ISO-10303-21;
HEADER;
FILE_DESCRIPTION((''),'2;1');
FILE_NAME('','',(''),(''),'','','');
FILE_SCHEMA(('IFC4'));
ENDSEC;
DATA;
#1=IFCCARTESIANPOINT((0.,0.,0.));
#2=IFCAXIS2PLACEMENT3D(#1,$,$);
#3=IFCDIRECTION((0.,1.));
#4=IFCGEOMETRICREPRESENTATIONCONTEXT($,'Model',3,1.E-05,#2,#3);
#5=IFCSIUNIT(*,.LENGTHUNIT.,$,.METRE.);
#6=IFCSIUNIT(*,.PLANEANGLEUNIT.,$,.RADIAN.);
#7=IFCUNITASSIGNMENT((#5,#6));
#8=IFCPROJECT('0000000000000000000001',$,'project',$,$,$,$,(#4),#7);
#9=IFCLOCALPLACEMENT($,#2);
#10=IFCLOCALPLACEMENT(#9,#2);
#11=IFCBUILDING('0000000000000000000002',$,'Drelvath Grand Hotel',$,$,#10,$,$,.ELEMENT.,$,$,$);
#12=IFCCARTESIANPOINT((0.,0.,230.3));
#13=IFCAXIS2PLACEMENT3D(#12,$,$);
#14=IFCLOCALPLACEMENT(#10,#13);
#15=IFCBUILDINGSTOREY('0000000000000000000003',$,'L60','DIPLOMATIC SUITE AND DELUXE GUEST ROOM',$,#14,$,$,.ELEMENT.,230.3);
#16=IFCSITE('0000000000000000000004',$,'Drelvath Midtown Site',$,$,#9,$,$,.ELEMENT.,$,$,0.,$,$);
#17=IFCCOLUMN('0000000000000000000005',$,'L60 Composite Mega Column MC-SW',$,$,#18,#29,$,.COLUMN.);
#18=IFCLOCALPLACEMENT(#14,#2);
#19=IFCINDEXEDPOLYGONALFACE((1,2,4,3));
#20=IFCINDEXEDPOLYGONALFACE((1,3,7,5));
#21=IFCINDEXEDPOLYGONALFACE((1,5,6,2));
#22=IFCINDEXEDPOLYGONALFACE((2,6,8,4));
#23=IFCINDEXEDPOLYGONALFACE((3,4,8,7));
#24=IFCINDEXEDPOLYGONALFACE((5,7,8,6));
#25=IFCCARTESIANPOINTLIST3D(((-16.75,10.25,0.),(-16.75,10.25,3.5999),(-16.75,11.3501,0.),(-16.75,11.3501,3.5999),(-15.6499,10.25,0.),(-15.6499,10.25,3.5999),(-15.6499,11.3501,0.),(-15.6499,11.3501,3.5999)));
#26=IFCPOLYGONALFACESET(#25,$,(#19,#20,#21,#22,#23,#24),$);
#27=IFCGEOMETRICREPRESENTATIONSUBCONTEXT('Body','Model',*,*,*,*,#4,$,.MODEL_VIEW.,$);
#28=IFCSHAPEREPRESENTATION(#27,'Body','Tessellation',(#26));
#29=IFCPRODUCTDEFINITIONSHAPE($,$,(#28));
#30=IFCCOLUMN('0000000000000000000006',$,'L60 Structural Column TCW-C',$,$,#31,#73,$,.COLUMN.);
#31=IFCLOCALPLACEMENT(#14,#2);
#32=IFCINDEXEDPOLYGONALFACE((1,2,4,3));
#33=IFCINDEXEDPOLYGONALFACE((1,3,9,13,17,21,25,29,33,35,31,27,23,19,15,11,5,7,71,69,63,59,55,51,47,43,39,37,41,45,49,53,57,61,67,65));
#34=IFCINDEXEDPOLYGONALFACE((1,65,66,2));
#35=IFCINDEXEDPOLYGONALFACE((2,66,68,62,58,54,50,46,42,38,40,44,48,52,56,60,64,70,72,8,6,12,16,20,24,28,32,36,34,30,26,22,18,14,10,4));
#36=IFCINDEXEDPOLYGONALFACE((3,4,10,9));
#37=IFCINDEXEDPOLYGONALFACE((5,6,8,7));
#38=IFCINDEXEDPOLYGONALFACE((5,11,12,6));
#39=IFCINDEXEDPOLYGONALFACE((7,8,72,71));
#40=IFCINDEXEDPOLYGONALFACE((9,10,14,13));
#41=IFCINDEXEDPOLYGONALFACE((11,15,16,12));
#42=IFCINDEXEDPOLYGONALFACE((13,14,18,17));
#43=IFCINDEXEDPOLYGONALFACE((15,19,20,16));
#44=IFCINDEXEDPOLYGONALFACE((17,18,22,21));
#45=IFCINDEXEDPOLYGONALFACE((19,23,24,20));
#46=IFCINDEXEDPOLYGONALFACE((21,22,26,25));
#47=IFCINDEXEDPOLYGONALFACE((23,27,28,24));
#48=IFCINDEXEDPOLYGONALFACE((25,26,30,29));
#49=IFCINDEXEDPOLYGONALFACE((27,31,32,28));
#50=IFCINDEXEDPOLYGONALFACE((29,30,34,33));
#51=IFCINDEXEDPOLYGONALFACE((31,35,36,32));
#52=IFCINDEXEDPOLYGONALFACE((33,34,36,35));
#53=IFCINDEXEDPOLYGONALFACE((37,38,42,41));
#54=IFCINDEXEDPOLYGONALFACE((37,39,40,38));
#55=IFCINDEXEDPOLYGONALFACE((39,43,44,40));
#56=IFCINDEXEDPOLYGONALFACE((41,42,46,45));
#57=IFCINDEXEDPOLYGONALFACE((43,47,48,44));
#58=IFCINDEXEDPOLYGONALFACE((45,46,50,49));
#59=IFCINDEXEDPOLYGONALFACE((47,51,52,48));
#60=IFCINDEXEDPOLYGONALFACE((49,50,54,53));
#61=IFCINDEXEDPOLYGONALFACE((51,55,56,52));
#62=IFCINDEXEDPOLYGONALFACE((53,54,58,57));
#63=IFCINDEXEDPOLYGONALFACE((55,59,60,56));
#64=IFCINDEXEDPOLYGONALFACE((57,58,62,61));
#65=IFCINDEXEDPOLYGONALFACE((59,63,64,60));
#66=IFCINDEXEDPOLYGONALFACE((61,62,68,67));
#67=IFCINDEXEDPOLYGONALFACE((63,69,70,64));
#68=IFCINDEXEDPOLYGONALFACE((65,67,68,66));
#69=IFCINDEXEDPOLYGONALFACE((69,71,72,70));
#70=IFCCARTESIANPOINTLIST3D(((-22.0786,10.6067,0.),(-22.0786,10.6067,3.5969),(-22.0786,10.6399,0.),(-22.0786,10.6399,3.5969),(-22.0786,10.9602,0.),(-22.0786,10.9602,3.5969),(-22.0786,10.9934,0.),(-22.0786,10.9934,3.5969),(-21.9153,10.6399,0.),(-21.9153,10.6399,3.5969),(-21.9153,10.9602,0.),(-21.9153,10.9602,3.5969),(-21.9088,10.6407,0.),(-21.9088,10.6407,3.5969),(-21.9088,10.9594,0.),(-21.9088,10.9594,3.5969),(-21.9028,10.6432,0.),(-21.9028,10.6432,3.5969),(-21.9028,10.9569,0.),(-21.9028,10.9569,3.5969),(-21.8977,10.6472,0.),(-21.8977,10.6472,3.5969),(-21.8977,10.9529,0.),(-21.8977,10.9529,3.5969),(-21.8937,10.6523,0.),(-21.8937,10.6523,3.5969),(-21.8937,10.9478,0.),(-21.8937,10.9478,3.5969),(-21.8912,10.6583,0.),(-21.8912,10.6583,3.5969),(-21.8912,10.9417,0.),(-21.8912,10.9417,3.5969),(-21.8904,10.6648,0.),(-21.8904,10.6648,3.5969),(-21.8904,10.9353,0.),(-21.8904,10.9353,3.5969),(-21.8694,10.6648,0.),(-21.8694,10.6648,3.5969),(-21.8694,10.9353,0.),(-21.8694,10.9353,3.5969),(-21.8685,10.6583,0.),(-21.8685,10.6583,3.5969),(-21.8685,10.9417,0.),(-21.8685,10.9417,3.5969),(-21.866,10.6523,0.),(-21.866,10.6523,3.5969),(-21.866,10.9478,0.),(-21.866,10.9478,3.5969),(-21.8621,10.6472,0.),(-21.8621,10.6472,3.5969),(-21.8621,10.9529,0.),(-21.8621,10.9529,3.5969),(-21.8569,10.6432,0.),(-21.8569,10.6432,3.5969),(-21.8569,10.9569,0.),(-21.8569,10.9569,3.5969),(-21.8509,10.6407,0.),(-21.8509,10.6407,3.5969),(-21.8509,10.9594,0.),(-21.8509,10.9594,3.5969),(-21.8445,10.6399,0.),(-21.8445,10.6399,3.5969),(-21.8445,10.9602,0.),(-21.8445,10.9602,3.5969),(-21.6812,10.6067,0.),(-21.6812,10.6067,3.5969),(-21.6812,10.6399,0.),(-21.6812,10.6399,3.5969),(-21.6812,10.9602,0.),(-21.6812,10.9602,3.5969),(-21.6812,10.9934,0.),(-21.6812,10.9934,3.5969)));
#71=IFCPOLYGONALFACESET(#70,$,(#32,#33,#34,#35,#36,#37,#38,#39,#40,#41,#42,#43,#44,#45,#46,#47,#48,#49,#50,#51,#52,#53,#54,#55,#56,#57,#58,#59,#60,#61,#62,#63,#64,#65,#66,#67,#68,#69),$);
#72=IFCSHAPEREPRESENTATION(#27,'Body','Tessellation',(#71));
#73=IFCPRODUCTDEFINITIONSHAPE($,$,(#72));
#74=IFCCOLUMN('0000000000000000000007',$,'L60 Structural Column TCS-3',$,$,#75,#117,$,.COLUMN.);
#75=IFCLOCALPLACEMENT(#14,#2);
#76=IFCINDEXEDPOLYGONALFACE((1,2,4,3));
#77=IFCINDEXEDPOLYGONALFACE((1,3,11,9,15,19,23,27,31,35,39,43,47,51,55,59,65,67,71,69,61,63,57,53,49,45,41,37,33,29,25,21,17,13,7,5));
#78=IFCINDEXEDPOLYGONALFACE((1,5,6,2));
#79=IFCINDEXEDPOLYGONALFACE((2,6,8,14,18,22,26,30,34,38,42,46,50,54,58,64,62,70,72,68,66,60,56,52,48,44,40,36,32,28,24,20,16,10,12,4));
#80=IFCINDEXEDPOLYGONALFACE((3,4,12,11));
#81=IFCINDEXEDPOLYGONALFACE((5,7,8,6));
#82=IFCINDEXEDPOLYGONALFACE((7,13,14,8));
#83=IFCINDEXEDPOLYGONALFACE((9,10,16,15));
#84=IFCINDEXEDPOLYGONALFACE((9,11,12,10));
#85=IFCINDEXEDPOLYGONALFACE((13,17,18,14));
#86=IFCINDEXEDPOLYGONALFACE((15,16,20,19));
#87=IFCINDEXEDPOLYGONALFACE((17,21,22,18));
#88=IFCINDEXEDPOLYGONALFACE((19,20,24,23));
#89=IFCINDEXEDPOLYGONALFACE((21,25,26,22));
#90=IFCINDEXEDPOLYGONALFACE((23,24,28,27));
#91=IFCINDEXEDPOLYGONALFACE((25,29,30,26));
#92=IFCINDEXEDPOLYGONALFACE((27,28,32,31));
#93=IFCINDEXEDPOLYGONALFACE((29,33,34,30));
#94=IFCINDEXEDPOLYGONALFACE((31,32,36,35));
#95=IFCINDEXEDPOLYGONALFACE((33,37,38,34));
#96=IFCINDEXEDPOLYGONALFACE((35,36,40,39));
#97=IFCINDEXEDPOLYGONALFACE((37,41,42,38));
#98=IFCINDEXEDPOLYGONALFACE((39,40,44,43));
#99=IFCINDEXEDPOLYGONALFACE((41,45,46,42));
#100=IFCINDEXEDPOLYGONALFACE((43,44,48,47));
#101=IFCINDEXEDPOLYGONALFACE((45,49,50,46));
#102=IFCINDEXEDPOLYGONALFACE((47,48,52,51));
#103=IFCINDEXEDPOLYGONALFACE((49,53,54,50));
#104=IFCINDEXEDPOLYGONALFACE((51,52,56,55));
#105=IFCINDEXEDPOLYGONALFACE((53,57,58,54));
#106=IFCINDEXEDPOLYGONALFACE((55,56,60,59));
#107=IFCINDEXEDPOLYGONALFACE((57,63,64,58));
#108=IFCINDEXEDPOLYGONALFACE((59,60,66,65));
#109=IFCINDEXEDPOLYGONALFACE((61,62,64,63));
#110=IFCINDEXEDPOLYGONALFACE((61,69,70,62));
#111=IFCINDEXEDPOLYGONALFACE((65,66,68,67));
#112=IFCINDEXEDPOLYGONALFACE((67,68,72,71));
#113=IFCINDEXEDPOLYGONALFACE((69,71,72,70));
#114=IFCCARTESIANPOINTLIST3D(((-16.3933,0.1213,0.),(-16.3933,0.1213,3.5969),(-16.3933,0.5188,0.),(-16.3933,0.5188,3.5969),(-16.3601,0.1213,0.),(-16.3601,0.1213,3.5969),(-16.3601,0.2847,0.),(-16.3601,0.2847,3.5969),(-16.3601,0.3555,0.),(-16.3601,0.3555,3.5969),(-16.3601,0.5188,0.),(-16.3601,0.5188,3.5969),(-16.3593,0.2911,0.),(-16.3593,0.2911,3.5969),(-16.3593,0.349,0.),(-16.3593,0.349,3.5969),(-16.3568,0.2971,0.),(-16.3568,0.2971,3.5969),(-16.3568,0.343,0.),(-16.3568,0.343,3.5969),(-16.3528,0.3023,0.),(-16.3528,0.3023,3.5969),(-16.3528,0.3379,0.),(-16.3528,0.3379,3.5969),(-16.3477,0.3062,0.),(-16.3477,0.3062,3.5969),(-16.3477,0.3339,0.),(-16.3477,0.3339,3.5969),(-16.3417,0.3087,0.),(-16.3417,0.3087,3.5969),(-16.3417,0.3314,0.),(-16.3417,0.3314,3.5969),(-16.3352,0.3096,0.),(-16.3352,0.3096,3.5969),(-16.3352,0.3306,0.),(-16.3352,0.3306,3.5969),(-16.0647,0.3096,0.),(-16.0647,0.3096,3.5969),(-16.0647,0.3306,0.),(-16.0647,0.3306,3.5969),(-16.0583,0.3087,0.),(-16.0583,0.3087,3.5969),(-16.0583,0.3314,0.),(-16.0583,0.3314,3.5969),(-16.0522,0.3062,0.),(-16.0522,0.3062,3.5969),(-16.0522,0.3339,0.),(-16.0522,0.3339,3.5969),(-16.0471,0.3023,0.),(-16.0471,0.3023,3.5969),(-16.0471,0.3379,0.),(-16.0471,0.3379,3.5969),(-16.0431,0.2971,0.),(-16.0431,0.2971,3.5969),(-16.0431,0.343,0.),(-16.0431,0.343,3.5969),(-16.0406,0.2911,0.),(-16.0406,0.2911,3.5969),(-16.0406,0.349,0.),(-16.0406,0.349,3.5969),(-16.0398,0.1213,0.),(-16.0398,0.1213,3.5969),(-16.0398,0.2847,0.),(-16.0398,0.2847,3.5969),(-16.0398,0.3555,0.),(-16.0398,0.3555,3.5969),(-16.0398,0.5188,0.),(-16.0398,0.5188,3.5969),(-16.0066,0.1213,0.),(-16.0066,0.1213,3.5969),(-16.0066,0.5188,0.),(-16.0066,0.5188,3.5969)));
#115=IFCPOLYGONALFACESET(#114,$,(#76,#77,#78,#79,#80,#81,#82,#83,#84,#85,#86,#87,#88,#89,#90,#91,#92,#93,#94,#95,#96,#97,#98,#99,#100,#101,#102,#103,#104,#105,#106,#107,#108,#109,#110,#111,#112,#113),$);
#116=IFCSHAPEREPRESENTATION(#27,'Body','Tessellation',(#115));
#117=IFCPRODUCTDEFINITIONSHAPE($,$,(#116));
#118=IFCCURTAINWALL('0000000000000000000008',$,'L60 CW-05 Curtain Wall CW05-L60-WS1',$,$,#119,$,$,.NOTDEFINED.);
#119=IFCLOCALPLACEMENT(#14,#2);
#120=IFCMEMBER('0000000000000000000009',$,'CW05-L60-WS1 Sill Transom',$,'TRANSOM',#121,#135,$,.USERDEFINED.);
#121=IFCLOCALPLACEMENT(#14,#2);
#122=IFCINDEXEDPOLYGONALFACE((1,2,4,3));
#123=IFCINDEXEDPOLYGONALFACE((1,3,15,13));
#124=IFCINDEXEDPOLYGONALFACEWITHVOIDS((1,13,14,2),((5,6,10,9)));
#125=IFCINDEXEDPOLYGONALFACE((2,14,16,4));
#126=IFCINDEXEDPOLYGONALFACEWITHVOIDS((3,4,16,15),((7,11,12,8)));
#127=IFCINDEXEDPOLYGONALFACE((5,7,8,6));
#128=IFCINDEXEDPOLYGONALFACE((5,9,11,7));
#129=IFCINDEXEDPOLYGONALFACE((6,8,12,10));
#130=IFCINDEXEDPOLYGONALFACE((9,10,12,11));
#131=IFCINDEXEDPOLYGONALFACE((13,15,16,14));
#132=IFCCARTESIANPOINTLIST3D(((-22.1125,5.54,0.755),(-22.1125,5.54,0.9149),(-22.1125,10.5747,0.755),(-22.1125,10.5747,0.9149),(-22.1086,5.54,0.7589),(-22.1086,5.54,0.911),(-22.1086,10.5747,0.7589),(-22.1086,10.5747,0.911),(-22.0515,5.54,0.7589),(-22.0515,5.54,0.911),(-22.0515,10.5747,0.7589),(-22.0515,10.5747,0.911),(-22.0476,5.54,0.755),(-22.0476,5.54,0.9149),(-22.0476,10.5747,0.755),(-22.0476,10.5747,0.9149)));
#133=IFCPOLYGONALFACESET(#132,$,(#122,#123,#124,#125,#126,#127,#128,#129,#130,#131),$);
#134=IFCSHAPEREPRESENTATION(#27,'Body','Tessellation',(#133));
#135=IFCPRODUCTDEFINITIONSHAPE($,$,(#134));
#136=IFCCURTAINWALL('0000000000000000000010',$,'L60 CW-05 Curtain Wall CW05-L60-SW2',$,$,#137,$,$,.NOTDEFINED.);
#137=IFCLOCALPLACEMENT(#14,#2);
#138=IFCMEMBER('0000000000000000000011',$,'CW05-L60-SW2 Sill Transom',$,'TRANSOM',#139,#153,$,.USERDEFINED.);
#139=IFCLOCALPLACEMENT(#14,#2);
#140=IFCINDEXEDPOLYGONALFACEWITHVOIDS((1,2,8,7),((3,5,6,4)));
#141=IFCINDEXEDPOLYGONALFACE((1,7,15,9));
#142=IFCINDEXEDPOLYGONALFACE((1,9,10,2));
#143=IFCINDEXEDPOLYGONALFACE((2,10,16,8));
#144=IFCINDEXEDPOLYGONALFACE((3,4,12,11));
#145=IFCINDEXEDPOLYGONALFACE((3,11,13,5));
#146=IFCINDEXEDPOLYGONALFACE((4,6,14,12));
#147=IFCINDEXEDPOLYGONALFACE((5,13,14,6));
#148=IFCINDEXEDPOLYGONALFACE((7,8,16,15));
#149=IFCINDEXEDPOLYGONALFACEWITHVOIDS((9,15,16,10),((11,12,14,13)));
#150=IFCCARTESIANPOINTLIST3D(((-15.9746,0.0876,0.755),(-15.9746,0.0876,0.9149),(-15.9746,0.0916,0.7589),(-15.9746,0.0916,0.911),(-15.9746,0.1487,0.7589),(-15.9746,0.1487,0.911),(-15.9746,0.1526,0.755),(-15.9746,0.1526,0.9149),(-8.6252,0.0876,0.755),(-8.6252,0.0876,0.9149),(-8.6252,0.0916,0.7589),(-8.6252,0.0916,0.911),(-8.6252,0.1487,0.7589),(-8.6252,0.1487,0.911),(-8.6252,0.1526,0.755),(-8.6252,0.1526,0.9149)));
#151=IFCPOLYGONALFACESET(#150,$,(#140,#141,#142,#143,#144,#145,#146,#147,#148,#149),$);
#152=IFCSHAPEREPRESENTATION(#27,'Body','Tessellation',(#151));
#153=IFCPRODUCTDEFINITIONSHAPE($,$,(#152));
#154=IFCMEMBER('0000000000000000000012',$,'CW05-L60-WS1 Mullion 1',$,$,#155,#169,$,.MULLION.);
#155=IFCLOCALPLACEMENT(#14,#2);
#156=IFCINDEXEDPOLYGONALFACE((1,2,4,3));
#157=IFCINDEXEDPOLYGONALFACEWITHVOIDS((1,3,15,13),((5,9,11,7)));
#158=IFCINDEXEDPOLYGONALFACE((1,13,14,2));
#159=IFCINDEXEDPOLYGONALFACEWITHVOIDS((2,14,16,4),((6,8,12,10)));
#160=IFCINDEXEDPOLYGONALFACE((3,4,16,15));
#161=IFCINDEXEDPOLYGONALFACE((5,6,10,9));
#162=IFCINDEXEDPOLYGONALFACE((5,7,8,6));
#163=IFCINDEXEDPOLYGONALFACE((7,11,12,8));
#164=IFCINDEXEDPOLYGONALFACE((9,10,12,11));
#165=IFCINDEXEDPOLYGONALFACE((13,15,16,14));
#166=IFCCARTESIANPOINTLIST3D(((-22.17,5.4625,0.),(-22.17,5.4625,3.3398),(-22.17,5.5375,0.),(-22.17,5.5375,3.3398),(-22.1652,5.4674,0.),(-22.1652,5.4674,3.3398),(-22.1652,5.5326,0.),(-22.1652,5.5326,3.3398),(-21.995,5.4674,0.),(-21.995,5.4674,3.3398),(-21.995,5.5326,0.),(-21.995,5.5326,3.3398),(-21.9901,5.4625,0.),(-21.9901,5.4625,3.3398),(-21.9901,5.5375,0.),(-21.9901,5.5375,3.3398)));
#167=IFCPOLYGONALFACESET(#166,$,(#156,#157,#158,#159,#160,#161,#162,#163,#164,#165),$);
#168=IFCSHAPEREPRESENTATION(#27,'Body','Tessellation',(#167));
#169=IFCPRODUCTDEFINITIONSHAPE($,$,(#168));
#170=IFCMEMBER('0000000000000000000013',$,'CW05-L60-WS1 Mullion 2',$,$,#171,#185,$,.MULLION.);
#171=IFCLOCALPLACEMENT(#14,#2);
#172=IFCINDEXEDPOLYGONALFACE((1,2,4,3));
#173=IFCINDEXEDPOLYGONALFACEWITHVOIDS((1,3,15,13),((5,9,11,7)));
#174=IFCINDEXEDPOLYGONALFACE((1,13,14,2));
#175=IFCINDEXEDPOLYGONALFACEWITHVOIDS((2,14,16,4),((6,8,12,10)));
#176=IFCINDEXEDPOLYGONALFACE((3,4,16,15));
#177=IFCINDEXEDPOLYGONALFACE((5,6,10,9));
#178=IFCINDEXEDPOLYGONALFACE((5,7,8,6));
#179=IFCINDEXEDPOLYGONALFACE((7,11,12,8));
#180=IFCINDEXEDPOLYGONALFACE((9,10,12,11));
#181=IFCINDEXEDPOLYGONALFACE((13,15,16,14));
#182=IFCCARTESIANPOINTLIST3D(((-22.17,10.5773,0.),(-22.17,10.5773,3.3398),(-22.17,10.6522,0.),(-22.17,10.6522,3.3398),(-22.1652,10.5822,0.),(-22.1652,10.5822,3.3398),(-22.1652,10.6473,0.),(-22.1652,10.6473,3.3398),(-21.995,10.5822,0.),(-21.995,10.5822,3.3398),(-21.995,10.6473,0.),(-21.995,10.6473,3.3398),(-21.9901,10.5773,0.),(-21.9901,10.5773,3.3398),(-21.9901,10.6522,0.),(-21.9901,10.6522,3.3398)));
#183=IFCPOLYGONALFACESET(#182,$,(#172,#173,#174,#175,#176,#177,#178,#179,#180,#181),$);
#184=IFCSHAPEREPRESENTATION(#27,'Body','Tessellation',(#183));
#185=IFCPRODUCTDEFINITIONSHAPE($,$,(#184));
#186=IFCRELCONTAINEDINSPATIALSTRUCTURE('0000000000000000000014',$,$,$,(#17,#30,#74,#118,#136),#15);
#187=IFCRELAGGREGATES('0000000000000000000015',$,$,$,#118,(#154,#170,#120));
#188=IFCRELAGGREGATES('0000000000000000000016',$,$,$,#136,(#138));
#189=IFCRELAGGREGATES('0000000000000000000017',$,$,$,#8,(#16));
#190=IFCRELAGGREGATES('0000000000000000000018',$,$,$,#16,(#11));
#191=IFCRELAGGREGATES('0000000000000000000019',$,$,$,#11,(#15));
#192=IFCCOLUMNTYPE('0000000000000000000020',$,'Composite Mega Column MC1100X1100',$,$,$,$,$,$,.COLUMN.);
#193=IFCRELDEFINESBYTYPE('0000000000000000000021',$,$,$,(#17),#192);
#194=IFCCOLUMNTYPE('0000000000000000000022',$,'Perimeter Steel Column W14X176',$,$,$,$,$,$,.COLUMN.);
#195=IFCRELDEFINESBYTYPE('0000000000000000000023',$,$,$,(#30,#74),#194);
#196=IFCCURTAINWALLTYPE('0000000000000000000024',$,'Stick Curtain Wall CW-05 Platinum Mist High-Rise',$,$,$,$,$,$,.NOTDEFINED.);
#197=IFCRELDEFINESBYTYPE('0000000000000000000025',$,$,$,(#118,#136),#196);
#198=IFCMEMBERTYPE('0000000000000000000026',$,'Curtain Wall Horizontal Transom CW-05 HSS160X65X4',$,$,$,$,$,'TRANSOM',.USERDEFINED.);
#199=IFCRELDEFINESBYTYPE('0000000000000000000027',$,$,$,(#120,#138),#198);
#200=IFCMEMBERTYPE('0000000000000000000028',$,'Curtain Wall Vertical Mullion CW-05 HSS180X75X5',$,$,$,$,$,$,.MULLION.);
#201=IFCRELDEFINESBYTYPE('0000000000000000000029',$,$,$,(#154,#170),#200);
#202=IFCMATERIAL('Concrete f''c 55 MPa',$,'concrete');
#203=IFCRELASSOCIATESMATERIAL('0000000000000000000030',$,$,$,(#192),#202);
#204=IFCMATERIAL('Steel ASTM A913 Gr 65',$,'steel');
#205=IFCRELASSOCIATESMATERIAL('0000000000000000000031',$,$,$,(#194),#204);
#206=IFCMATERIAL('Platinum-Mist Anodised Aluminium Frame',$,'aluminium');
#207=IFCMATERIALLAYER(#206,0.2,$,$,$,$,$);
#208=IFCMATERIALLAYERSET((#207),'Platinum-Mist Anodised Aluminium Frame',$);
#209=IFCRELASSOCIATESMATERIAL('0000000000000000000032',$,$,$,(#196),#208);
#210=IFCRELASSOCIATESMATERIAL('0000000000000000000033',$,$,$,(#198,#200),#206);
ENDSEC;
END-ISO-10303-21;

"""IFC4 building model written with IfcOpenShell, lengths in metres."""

from ifc_helpers import new_model, si_unit, direction, frame, origin, origin_2d, place, context, subcontext, project, spatial, rectangle, hollow_rectangle, i_section, extrude, material, layer, layer_set, material_profile, profile_set, type_object, element, aggregate, save


model = new_model("IFC4")

# Units and contexts
model_context = context("Model", 3, precision=1e-05, world=origin(), true_north=direction((0.0, 1.0)))
body_context = subcontext(model_context, "Body", "Model", "MODEL_VIEW")
ifc_project = project(units=[si_unit("LENGTHUNIT", "METRE"), si_unit("PLANEANGLEUNIT", "RADIAN")], contexts=[model_context])

# Site, building, storey
site_placement = place(None, origin())
site = spatial("IfcSite", under=ifc_project, at=site_placement, Name="Drelvath Midtown Site", CompositionType="ELEMENT", RefElevation=0.0)
building_placement = place(site_placement, origin())
building = spatial("IfcBuilding", under=site, at=building_placement, Name="Drelvath Grand Hotel", CompositionType="ELEMENT")
storey_placement = place(building_placement, frame((0.0, 0.0, 230.3)))
storey = spatial("IfcBuildingStorey", under=building, at=storey_placement, Name="L60", Description="DIPLOMATIC SUITE AND DELUXE GUEST ROOM", CompositionType="ELEMENT", Elevation=230.3)

# Columns
ifc_material_1 = material(Name="Concrete f'c 55 MPa", Category="concrete")
ifc_material_profile_1 = material_profile(ifc_material_1, rectangle(XDim=1.1001, YDim=1.1001, at=origin_2d()), Name="MC1100X1100")
ifc_profile_set_1 = profile_set([ifc_material_profile_1], Name="Concrete f'c 55 MPa")
column_type_1 = type_object("IfcColumnType", Name="Composite Mega Column MC1100X1100", PredefinedType="COLUMN", material=ifc_profile_set_1)
column_placement = place(storey_placement, frame((-16.2, 10.8, 0.0), z_axis=(0.0, 0.0, 1.0), x_axis=(1.0, 0.0, 0.0)))
element("IfcColumn", 1, at=column_placement, inside=storey, type_object=column_type_1, Name="L60 Composite Mega Column MC-SW", PredefinedType="COLUMN", context=body_context, shape_type="SweptSolid", body=[
    extrude(rectangle(XDim=1.1001, YDim=1.1001, at=origin_2d()), origin(), (0.0, 0.0, 1.0), 3.5999),
])
ifc_material_2 = material(Name="Steel ASTM A913 Gr 65", Category="steel")
ifc_material_profile_2 = material_profile(ifc_material_2, i_section(OverallWidth=0.3975, OverallDepth=0.3867, WebThickness=0.021, FlangeThickness=0.0332, FilletRadius=0.0249, at=origin_2d()), Name="W14X176")
ifc_profile_set_2 = profile_set([ifc_material_profile_2], Name="Steel ASTM A913 Gr 65")
column_type_2 = type_object("IfcColumnType", Name="Perimeter Steel Column W14X176", PredefinedType="COLUMN", material=ifc_profile_set_2)
for number, where, z_axis, x_axis, name in (
    (2, (-21.8799, 10.8, 0.0), (0.0, 0.0, 1.0), (1.0, 0.0, 0.0), "L60 Structural Column TCW-C"),
    (3, (-16.2, 0.3201, 0.0), (0.0, 0.0, 1.0), (0.0, 1.0, 0.0), "L60 Structural Column TCS-3"),
):
    element("IfcColumn", number, at=place(storey_placement, frame(where, z_axis=z_axis, x_axis=x_axis)), inside=storey, type_object=column_type_2, Name=name, PredefinedType="COLUMN", context=body_context, shape_type="SweptSolid", body=[
        extrude(i_section(OverallWidth=0.3975, OverallDepth=0.3867, WebThickness=0.021, FlangeThickness=0.0332, FilletRadius=0.0249, at=origin_2d()), origin(), (0.0, 0.0, 1.0), 3.5969),
    ])

# Curtain walls, members
ifc_material_3 = material(Name="Platinum-Mist Anodised Aluminium Frame", Category="aluminium")
ifc_layer_1 = layer(ifc_material_3, 0.2)
ifc_layer_set_1 = layer_set([ifc_layer_1], Name="Platinum-Mist Anodised Aluminium Frame")
curtain_wall_type = type_object("IfcCurtainWallType", Name="Stick Curtain Wall CW-05 Platinum Mist High-Rise", PredefinedType="NOTDEFINED", material=ifc_layer_set_1)
curtain_wall_1_placement = place(storey_placement, origin())
curtain_wall_1 = element("IfcCurtainWall", 4, at=curtain_wall_1_placement, inside=storey, type_object=curtain_wall_type, Name="L60 CW-05 Curtain Wall CW05-L60-WS1", PredefinedType="NOTDEFINED")
ifc_material_profile_3 = material_profile(ifc_material_3, hollow_rectangle(XDim=0.0649, YDim=0.1599, WallThickness=0.0039, at=origin_2d()), Name="HSS160X65X4")
ifc_profile_set_3 = profile_set([ifc_material_profile_3], Name="Platinum-Mist Anodised Aluminium Frame")
member_type_1 = type_object("IfcMemberType", Name="Curtain Wall Horizontal Transom CW-05 HSS160X65X4", ElementType="TRANSOM", PredefinedType="USERDEFINED", material=ifc_profile_set_3)
member_1_placement = place(storey_placement, frame((-22.0801, 5.54, 0.835), z_axis=(0.0, 1.0, 0.0), x_axis=(-1.0, 0.0, 0.0)))
member_1 = element("IfcMember", 5, at=member_1_placement, type_object=member_type_1, Name="CW05-L60-WS1 Sill Transom", ObjectType="TRANSOM", PredefinedType="USERDEFINED", context=body_context, shape_type="SweptSolid", body=[
    extrude(hollow_rectangle(XDim=0.0649, YDim=0.1599, WallThickness=0.0039, at=origin_2d()), origin(), (0.0, 0.0, 1.0), 5.0347),
])
curtain_wall_2_placement = place(storey_placement, origin())
curtain_wall_2 = element("IfcCurtainWall", 6, at=curtain_wall_2_placement, inside=storey, type_object=curtain_wall_type, Name="L60 CW-05 Curtain Wall CW05-L60-SW2", PredefinedType="NOTDEFINED")
member_2_placement = place(storey_placement, frame((-8.6252, 0.1201, 0.835), z_axis=(-1.0, 0.0, 0.0), x_axis=(0.0, -1.0, 0.0)))
member_2 = element("IfcMember", 7, at=member_2_placement, type_object=member_type_1, Name="CW05-L60-SW2 Sill Transom", ObjectType="TRANSOM", PredefinedType="USERDEFINED", context=body_context, shape_type="SweptSolid", body=[
    extrude(hollow_rectangle(XDim=0.0649, YDim=0.1599, WallThickness=0.0039, at=origin_2d()), origin(), (0.0, 0.0, 1.0), 7.3494),
])

# Members
ifc_material_profile_4 = material_profile(ifc_material_3, hollow_rectangle(XDim=0.075, YDim=0.1799, WallThickness=0.0049, at=origin_2d()), Name="HSS180X75X5")
ifc_profile_set_4 = profile_set([ifc_material_profile_4], Name="Platinum-Mist Anodised Aluminium Frame")
member_type_2 = type_object("IfcMemberType", Name="Curtain Wall Vertical Mullion CW-05 HSS180X75X5", PredefinedType="MULLION", material=ifc_profile_set_4)
member_3_placement = place(storey_placement, frame((-22.0801, 5.5, 0.0), z_axis=(0.0, 0.0, 1.0), x_axis=(0.0, 1.0, 0.0)))
member_3 = element("IfcMember", 8, at=member_3_placement, type_object=member_type_2, Name="CW05-L60-WS1 Mullion 1", PredefinedType="MULLION", context=body_context, shape_type="SweptSolid", body=[
    extrude(hollow_rectangle(XDim=0.075, YDim=0.1799, WallThickness=0.0049, at=origin_2d()), origin(), (0.0, 0.0, 1.0), 3.3398),
])
member_4_placement = place(storey_placement, frame((-22.0801, 10.6147, 0.0), z_axis=(0.0, 0.0, 1.0), x_axis=(0.0, 1.0, 0.0)))
member_4 = element("IfcMember", 9, at=member_4_placement, type_object=member_type_2, Name="CW05-L60-WS1 Mullion 2", PredefinedType="MULLION", context=body_context, shape_type="SweptSolid", body=[
    extrude(hollow_rectangle(XDim=0.075, YDim=0.1799, WallThickness=0.0049, at=origin_2d()), origin(), (0.0, 0.0, 1.0), 3.3398),
])

aggregate(curtain_wall_1, [member_3, member_4, member_1])
aggregate(curtain_wall_2, [member_2])

save(model, "model.ifc")
